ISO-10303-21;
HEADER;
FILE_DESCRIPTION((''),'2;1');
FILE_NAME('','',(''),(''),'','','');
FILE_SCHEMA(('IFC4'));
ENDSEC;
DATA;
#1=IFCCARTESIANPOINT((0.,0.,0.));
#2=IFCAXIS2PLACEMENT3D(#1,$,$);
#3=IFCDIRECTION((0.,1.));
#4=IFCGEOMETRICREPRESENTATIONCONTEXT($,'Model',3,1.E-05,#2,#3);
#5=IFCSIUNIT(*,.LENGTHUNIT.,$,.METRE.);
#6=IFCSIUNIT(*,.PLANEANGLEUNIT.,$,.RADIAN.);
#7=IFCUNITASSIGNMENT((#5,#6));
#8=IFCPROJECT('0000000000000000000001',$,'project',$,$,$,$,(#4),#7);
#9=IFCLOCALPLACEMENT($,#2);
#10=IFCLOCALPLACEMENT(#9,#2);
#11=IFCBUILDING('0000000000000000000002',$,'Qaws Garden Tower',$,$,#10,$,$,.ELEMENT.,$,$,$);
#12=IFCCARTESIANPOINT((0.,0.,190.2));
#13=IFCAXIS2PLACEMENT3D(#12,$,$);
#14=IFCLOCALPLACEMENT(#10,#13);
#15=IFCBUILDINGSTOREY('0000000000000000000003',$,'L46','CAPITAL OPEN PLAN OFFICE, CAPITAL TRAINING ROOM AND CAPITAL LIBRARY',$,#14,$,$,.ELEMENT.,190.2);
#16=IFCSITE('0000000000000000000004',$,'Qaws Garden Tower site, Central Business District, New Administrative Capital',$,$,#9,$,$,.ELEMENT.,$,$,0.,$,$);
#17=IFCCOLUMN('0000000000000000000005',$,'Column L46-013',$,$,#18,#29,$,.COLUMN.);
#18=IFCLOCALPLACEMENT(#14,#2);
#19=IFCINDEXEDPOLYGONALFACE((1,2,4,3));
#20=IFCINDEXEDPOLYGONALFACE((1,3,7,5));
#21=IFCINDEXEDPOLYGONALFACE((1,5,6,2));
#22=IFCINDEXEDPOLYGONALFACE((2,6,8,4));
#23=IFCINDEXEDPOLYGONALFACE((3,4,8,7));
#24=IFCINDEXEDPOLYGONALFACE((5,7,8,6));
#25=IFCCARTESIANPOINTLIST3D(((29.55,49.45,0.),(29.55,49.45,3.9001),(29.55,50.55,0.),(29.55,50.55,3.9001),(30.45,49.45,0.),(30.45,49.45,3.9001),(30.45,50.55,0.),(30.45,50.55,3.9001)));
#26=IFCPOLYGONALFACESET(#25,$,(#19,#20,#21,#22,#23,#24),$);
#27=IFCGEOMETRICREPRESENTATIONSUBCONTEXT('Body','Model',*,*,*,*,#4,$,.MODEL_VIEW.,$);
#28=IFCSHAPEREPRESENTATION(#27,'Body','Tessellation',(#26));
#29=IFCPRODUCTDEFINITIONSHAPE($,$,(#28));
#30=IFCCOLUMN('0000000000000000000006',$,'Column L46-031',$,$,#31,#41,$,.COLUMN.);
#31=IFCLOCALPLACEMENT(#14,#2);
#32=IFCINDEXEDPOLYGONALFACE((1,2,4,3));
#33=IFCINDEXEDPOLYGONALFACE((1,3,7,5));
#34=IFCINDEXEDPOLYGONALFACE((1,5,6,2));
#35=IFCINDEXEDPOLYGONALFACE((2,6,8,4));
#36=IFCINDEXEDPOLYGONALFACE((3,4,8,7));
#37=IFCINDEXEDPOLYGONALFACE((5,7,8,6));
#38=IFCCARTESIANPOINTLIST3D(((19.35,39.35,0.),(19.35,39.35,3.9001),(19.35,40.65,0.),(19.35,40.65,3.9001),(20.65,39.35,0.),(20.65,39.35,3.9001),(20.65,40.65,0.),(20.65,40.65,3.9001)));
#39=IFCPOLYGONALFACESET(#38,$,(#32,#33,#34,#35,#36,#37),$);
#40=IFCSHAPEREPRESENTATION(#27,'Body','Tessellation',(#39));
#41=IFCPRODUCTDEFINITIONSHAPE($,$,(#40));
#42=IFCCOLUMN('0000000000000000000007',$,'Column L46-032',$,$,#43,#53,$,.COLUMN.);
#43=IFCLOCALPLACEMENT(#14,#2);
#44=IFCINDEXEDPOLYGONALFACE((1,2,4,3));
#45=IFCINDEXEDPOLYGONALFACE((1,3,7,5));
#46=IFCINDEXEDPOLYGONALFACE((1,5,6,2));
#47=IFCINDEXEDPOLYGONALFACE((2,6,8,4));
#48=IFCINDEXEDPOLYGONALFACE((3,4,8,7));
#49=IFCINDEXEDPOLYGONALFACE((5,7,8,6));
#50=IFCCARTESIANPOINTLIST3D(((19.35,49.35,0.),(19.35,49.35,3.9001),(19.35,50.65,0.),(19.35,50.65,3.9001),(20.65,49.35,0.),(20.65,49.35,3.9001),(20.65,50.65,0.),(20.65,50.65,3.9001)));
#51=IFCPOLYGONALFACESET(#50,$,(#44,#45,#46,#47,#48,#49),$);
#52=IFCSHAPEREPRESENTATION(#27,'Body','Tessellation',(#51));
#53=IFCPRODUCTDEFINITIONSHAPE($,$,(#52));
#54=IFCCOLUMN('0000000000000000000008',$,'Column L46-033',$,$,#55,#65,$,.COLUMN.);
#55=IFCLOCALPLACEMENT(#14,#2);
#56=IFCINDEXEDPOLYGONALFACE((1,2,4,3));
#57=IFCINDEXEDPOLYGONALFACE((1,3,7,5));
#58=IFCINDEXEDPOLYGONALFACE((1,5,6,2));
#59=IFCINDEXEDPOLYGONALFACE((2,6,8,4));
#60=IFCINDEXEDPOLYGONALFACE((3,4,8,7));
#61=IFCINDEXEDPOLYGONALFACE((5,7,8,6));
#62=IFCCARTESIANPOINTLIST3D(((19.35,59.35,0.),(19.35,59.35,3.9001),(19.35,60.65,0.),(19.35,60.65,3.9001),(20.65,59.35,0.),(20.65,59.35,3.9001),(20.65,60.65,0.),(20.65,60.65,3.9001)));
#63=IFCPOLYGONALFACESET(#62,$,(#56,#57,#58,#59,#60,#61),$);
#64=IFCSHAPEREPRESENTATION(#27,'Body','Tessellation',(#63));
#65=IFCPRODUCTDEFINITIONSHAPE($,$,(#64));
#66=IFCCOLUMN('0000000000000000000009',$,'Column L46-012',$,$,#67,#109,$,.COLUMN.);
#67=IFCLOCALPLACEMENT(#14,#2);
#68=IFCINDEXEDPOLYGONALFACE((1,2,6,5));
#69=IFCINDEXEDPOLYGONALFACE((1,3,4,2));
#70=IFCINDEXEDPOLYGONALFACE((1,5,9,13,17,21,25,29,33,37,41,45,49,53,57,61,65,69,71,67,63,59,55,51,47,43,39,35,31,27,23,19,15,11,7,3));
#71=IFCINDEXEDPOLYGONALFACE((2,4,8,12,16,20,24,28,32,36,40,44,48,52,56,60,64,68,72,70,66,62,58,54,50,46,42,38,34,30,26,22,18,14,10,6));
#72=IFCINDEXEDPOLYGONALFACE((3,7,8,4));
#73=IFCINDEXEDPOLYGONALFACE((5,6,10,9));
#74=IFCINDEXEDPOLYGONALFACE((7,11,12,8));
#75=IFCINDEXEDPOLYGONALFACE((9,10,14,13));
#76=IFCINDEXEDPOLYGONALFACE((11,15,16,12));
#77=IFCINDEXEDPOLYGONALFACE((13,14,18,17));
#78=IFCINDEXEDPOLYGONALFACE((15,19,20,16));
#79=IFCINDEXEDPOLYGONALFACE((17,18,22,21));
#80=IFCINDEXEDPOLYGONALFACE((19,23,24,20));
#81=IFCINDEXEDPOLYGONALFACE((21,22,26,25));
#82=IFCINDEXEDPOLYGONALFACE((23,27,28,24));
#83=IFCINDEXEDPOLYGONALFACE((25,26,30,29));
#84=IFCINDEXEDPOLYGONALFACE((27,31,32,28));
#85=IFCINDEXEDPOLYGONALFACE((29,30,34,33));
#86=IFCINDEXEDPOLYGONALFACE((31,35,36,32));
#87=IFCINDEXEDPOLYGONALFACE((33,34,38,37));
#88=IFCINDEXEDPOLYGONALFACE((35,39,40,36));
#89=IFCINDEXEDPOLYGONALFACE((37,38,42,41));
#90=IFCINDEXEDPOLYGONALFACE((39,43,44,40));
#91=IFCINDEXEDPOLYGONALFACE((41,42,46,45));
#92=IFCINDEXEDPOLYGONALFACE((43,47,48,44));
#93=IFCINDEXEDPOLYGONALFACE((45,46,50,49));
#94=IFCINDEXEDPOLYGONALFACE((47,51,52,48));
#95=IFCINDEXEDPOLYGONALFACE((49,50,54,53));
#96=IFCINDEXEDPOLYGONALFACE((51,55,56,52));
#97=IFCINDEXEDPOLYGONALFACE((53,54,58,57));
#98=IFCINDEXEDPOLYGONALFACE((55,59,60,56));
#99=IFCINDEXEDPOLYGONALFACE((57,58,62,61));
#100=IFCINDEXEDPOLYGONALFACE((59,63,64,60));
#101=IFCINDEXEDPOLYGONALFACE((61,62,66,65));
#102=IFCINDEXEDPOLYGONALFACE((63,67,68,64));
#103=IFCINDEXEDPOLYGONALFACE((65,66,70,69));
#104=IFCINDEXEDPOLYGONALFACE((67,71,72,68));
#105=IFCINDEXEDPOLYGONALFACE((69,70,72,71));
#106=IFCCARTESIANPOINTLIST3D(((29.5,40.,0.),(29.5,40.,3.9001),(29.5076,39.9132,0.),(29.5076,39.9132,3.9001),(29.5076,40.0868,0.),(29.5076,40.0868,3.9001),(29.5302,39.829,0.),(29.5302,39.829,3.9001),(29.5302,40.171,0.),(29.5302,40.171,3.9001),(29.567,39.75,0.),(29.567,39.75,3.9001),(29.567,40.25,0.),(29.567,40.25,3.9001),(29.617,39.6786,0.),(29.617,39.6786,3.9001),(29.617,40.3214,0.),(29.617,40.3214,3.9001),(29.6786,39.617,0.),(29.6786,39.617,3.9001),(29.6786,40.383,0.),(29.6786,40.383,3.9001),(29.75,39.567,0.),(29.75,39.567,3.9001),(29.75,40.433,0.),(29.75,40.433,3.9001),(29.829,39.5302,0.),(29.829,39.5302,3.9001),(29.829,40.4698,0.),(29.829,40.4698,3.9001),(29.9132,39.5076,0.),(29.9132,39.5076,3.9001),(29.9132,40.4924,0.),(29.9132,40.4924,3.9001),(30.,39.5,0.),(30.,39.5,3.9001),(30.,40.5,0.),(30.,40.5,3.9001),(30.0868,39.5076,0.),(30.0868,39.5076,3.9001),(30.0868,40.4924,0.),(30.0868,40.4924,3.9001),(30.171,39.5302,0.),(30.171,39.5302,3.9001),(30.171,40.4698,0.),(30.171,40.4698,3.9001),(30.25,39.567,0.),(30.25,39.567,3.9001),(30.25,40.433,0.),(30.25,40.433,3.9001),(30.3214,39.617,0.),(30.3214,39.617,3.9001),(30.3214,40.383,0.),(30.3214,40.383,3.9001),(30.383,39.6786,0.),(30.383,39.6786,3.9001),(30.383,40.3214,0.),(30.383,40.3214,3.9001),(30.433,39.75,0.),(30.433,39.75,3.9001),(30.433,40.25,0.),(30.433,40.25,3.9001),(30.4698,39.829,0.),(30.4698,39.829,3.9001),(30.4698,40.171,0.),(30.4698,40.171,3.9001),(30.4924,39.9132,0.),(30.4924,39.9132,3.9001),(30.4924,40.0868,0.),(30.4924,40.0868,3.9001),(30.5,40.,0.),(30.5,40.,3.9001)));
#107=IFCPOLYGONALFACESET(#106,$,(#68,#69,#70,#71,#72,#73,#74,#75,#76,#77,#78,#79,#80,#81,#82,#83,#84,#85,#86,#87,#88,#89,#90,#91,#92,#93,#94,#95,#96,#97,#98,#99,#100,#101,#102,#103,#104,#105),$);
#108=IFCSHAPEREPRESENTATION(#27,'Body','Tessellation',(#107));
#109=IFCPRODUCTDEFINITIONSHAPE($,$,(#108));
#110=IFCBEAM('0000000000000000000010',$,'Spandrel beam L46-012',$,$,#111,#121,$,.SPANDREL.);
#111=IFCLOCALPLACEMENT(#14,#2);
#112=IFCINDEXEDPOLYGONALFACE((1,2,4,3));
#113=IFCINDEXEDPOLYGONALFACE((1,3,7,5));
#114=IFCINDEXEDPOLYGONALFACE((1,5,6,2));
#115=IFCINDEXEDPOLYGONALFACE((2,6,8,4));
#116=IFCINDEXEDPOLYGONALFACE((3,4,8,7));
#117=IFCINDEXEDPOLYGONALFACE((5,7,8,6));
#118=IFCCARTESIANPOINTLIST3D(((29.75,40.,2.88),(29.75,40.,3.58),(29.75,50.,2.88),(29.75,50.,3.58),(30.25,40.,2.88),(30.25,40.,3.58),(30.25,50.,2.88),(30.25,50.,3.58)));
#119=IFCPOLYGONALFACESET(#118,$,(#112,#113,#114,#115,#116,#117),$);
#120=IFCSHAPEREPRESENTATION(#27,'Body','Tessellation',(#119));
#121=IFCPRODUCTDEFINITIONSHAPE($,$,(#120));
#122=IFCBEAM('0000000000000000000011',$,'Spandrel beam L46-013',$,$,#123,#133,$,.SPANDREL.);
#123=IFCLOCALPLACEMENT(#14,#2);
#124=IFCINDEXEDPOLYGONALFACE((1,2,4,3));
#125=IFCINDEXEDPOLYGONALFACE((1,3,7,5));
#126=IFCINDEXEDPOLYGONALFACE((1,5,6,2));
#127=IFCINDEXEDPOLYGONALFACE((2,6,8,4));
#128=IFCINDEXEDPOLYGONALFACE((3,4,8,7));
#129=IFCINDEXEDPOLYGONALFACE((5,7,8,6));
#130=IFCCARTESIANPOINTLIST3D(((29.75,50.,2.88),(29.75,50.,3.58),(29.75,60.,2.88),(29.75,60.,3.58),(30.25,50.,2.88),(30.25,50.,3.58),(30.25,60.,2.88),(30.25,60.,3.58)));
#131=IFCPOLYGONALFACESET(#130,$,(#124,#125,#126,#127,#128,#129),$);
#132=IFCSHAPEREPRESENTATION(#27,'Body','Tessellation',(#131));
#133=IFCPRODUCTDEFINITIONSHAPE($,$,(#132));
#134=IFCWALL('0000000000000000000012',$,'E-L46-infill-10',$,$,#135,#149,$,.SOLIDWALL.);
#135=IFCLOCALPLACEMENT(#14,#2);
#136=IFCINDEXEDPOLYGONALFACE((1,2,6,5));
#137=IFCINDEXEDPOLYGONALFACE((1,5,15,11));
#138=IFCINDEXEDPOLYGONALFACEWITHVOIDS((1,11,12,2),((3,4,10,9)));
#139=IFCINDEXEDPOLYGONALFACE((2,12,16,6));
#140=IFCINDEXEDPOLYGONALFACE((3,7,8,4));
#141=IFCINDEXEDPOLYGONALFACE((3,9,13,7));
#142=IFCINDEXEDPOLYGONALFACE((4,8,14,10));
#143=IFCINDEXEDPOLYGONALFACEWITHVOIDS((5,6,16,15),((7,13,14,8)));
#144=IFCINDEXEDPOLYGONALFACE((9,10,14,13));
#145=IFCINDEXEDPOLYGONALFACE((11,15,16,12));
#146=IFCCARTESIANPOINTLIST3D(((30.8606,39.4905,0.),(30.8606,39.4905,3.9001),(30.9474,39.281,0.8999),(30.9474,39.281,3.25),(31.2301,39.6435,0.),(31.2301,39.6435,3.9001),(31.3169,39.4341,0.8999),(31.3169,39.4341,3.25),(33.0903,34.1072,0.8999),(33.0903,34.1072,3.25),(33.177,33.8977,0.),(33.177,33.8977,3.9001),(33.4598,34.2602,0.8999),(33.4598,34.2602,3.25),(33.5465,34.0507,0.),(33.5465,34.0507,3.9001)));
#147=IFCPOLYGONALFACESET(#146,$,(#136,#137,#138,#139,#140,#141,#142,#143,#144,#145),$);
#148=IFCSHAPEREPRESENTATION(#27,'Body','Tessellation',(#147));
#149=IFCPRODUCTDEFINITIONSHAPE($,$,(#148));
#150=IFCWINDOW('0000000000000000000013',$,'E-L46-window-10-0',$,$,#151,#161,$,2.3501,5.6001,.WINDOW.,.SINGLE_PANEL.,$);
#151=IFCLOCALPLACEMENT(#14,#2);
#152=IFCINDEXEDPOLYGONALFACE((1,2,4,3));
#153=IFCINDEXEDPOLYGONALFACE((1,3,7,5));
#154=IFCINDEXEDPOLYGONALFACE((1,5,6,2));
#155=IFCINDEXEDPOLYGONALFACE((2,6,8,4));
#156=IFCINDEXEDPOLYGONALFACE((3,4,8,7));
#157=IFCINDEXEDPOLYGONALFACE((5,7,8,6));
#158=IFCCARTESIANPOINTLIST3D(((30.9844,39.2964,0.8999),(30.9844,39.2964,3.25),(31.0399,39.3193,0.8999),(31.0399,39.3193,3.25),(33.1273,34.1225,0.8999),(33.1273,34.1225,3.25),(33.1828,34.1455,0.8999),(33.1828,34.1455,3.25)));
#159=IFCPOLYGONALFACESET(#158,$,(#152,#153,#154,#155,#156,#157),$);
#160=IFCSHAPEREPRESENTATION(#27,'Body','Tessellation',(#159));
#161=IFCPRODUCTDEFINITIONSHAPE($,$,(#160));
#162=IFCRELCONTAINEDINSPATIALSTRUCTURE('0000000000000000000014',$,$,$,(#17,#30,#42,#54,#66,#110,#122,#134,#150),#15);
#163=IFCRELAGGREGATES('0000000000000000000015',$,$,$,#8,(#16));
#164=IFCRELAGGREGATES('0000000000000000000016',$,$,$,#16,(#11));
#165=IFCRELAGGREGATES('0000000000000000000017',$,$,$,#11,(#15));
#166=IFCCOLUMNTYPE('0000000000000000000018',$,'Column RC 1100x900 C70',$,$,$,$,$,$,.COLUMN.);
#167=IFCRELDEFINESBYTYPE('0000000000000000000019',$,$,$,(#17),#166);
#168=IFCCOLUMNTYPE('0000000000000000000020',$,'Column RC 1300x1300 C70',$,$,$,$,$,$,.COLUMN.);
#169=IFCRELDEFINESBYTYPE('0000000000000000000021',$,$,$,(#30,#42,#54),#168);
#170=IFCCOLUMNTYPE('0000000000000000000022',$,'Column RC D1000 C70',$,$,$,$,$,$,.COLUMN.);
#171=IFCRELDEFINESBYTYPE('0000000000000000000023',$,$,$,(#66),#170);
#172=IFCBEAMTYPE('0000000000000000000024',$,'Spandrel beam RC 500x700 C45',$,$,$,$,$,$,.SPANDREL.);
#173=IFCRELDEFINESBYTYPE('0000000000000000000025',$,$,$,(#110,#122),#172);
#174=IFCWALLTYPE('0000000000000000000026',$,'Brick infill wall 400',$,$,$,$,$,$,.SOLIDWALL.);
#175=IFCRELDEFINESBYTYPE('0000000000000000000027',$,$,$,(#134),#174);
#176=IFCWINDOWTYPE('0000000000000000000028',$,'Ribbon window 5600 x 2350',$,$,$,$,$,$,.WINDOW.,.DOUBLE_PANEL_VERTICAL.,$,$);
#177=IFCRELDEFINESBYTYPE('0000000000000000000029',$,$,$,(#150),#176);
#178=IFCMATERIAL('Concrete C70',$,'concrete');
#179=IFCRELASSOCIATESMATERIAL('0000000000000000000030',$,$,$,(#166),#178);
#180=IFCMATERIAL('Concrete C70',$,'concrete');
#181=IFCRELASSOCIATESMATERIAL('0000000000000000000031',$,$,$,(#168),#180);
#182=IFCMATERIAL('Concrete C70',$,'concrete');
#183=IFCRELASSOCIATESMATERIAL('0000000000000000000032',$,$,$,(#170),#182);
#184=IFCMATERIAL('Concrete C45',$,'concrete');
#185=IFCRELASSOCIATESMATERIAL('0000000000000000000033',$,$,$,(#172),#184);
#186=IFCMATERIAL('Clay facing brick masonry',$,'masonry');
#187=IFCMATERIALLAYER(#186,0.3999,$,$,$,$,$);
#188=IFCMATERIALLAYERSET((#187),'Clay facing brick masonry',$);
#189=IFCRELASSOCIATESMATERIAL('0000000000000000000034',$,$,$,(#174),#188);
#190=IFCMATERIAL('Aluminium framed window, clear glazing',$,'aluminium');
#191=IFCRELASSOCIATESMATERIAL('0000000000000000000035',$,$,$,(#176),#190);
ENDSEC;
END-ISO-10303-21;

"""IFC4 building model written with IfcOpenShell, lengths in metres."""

from ifc_helpers import new_model, si_unit, direction, frame, frame_2d, origin, origin_2d, place, context, subcontext, project, spatial, rectangle, circle, extrude, material, layer, layer_set, material_profile, profile_set, type_object, element, fill, save


model = new_model("IFC4")

# Units and contexts
model_context = context("Model", 3, precision=1e-05, world=origin(), true_north=direction((0.0, 1.0)))
body_context = subcontext(model_context, "Body", "Model", "MODEL_VIEW")
ifc_project = project(units=[si_unit("LENGTHUNIT", "METRE"), si_unit("PLANEANGLEUNIT", "RADIAN")], contexts=[model_context])

# Site, building, storey
site_placement = place(None, origin())
site = spatial("IfcSite", under=ifc_project, at=site_placement, Name="Qaws Garden Tower site, Central Business District, New Administrative Capital", CompositionType="ELEMENT", RefElevation=0.0)
building_placement = place(site_placement, origin())
building = spatial("IfcBuilding", under=site, at=building_placement, Name="Qaws Garden Tower", CompositionType="ELEMENT")
storey_placement = place(building_placement, frame((0.0, 0.0, 190.2)))
storey = spatial("IfcBuildingStorey", under=building, at=storey_placement, Name="L46", Description="CAPITAL OPEN PLAN OFFICE, CAPITAL TRAINING ROOM AND CAPITAL LIBRARY", CompositionType="ELEMENT", Elevation=190.2)

# Columns
ifc_material_1 = material(Name="Concrete C70", Category="concrete")
ifc_material_profile_1 = material_profile(ifc_material_1, rectangle(XDim=1.1001, YDim=0.8999, at=origin_2d()), Name="RC 1100x900")
ifc_profile_set_1 = profile_set([ifc_material_profile_1], Name="Concrete C70")
column_type_1 = type_object("IfcColumnType", Name="Column RC 1100x900 C70", PredefinedType="COLUMN", material=ifc_profile_set_1)
column_1_placement = place(storey_placement, frame((30.0, 50.0, 0.0), z_axis=(0.0, 0.0, 1.0), x_axis=(0.0, 1.0, 0.0)))
element("IfcColumn", 1, at=column_1_placement, inside=storey, type_object=column_type_1, Name="Column L46-013", PredefinedType="COLUMN", context=body_context, shape_type="SweptSolid", body=[
    extrude(rectangle(XDim=1.1001, YDim=0.8999, at=origin_2d()), origin(), (0.0, 0.0, 1.0), 3.9001),
])
ifc_material_2 = material(Name="Concrete C70", Category="concrete")
ifc_material_profile_2 = material_profile(ifc_material_2, rectangle(XDim=1.3, YDim=1.3, at=origin_2d()), Name="RC 1300x1300")
ifc_profile_set_2 = profile_set([ifc_material_profile_2], Name="Concrete C70")
column_type_2 = type_object("IfcColumnType", Name="Column RC 1300x1300 C70", PredefinedType="COLUMN", material=ifc_profile_set_2)
for number, where, z_axis, x_axis, name in (
    (2, (20.0, 40.0, 0.0), (0.0, 0.0, 1.0), (1.0, 0.0, 0.0), "Column L46-031"),
    (3, (20.0, 50.0, 0.0), (0.0, 0.0, 1.0), (1.0, 0.0, 0.0), "Column L46-032"),
    (4, (20.0, 60.0, 0.0), (0.0, 0.0, 1.0), (1.0, 0.0, 0.0), "Column L46-033"),
):
    element("IfcColumn", number, at=place(storey_placement, frame(where, z_axis=z_axis, x_axis=x_axis)), inside=storey, type_object=column_type_2, Name=name, PredefinedType="COLUMN", context=body_context, shape_type="SweptSolid", body=[
        extrude(rectangle(XDim=1.3, YDim=1.3, at=origin_2d()), origin(), (0.0, 0.0, 1.0), 3.9001),
    ])
ifc_material_3 = material(Name="Concrete C70", Category="concrete")
ifc_material_profile_3 = material_profile(ifc_material_3, circle(Radius=0.5, at=origin_2d()), Name="RC D1000")
ifc_profile_set_3 = profile_set([ifc_material_profile_3], Name="Concrete C70")
column_type_3 = type_object("IfcColumnType", Name="Column RC D1000 C70", PredefinedType="COLUMN", material=ifc_profile_set_3)
column_2_placement = place(storey_placement, frame((30.0, 40.0, 0.0), z_axis=(0.0, 0.0, 1.0), x_axis=(1.0, 0.0, 0.0)))
element("IfcColumn", 5, at=column_2_placement, inside=storey, type_object=column_type_3, Name="Column L46-012", PredefinedType="COLUMN", context=body_context, shape_type="SweptSolid", body=[
    extrude(circle(Radius=0.5, at=origin_2d()), origin(), (0.0, 0.0, 1.0), 3.9001),
])

# Beams
ifc_material_4 = material(Name="Concrete C45", Category="concrete")
ifc_material_profile_4 = material_profile(ifc_material_4, rectangle(XDim=0.5, YDim=0.7, at=origin_2d()), Name="RC 500x700")
ifc_profile_set_4 = profile_set([ifc_material_profile_4], Name="Concrete C45")
beam_type = type_object("IfcBeamType", Name="Spandrel beam RC 500x700 C45", PredefinedType="SPANDREL", material=ifc_profile_set_4)
for number, where, z_axis, x_axis, name in (
    (6, (30.0, 40.0, 3.23), (0.0, 1.0, 0.0), (-1.0, 0.0, 0.0), "Spandrel beam L46-012"),
    (7, (30.0, 50.0, 3.23), (0.0, 1.0, 0.0), (-1.0, 0.0, 0.0), "Spandrel beam L46-013"),
):
    element("IfcBeam", number, at=place(storey_placement, frame(where, z_axis=z_axis, x_axis=x_axis)), inside=storey, type_object=beam_type, Name=name, PredefinedType="SPANDREL", context=body_context, shape_type="SweptSolid", body=[
        extrude(rectangle(XDim=0.5, YDim=0.7, at=origin_2d()), origin(), (0.0, 0.0, 1.0), 10.0),
    ])

# Wall, opening, window
ifc_material_5 = material(Name="Clay facing brick masonry", Category="masonry")
ifc_layer_1 = layer(ifc_material_5, 0.3999)
ifc_layer_set_1 = layer_set([ifc_layer_1], Name="Clay facing brick masonry")
wall_type_1 = type_object("IfcWallType", Name="Brick infill wall 400", PredefinedType="SOLIDWALL", material=ifc_layer_set_1)
wall_1_placement = place(storey_placement, frame((33.3618, 33.9741, 0.0), z_axis=(0.0, 0.0, 1.0), x_axis=(-0.382656, 0.923891, 0.0)))
wall_1 = element("IfcWall", 8, at=wall_1_placement, inside=storey, type_object=wall_type_1, Name="E-L46-infill-10", PredefinedType="SOLIDWALL", context=body_context, shape_type="SweptSolid", body=[
    extrude(rectangle(XDim=6.0535, YDim=0.3999, at=frame_2d((3.0269, 0.0))), origin(), (0.0, 0.0, 1.0), 3.9001),
])
opening_1_placement = place(wall_1_placement, frame((0.2268, 0.0, 0.8999)))
opening_1 = element("IfcOpeningElement", 9, at=opening_1_placement, cuts=wall_1, PredefinedType="OPENING", context=body_context, shape_type="SweptSolid", body=[
    extrude(rectangle(XDim=5.6001, YDim=2.3501, at=frame_2d((2.8, 1.175))), frame((0.0, 0.21, 0.0), z_axis=(0.0, -1.0, 0.0), x_axis=(1.0, 0.0, 0.0)), (0.0, 0.0, 1.0), 0.4199),
])
ifc_material_6 = material(Name="Aluminium framed window, clear glazing", Category="aluminium")
window_type_1 = type_object("IfcWindowType", Name="Ribbon window 5600 x 2350", PartitioningType="DOUBLE_PANEL_VERTICAL", PredefinedType="WINDOW", material=ifc_material_6)
window_1_placement = place(opening_1_placement, origin())
window_1 = element("IfcWindow", 10, at=window_1_placement, inside=storey, type_object=window_type_1, Name="E-L46-window-10-0", OverallHeight=2.3501, OverallWidth=5.6001, PartitioningType="SINGLE_PANEL", PredefinedType="WINDOW", context=body_context, shape_type="SweptSolid", body=[
    extrude(rectangle(XDim=5.6001, YDim=2.3501, at=frame_2d((2.8, 1.175))), frame((0.0, 0.1599, 0.0), z_axis=(0.0, -1.0, 0.0), x_axis=(1.0, 0.0, 0.0)), (0.0, 0.0, 1.0), 0.0601),
])
fill(opening_1, window_1)

save(model, "model.ifc")
